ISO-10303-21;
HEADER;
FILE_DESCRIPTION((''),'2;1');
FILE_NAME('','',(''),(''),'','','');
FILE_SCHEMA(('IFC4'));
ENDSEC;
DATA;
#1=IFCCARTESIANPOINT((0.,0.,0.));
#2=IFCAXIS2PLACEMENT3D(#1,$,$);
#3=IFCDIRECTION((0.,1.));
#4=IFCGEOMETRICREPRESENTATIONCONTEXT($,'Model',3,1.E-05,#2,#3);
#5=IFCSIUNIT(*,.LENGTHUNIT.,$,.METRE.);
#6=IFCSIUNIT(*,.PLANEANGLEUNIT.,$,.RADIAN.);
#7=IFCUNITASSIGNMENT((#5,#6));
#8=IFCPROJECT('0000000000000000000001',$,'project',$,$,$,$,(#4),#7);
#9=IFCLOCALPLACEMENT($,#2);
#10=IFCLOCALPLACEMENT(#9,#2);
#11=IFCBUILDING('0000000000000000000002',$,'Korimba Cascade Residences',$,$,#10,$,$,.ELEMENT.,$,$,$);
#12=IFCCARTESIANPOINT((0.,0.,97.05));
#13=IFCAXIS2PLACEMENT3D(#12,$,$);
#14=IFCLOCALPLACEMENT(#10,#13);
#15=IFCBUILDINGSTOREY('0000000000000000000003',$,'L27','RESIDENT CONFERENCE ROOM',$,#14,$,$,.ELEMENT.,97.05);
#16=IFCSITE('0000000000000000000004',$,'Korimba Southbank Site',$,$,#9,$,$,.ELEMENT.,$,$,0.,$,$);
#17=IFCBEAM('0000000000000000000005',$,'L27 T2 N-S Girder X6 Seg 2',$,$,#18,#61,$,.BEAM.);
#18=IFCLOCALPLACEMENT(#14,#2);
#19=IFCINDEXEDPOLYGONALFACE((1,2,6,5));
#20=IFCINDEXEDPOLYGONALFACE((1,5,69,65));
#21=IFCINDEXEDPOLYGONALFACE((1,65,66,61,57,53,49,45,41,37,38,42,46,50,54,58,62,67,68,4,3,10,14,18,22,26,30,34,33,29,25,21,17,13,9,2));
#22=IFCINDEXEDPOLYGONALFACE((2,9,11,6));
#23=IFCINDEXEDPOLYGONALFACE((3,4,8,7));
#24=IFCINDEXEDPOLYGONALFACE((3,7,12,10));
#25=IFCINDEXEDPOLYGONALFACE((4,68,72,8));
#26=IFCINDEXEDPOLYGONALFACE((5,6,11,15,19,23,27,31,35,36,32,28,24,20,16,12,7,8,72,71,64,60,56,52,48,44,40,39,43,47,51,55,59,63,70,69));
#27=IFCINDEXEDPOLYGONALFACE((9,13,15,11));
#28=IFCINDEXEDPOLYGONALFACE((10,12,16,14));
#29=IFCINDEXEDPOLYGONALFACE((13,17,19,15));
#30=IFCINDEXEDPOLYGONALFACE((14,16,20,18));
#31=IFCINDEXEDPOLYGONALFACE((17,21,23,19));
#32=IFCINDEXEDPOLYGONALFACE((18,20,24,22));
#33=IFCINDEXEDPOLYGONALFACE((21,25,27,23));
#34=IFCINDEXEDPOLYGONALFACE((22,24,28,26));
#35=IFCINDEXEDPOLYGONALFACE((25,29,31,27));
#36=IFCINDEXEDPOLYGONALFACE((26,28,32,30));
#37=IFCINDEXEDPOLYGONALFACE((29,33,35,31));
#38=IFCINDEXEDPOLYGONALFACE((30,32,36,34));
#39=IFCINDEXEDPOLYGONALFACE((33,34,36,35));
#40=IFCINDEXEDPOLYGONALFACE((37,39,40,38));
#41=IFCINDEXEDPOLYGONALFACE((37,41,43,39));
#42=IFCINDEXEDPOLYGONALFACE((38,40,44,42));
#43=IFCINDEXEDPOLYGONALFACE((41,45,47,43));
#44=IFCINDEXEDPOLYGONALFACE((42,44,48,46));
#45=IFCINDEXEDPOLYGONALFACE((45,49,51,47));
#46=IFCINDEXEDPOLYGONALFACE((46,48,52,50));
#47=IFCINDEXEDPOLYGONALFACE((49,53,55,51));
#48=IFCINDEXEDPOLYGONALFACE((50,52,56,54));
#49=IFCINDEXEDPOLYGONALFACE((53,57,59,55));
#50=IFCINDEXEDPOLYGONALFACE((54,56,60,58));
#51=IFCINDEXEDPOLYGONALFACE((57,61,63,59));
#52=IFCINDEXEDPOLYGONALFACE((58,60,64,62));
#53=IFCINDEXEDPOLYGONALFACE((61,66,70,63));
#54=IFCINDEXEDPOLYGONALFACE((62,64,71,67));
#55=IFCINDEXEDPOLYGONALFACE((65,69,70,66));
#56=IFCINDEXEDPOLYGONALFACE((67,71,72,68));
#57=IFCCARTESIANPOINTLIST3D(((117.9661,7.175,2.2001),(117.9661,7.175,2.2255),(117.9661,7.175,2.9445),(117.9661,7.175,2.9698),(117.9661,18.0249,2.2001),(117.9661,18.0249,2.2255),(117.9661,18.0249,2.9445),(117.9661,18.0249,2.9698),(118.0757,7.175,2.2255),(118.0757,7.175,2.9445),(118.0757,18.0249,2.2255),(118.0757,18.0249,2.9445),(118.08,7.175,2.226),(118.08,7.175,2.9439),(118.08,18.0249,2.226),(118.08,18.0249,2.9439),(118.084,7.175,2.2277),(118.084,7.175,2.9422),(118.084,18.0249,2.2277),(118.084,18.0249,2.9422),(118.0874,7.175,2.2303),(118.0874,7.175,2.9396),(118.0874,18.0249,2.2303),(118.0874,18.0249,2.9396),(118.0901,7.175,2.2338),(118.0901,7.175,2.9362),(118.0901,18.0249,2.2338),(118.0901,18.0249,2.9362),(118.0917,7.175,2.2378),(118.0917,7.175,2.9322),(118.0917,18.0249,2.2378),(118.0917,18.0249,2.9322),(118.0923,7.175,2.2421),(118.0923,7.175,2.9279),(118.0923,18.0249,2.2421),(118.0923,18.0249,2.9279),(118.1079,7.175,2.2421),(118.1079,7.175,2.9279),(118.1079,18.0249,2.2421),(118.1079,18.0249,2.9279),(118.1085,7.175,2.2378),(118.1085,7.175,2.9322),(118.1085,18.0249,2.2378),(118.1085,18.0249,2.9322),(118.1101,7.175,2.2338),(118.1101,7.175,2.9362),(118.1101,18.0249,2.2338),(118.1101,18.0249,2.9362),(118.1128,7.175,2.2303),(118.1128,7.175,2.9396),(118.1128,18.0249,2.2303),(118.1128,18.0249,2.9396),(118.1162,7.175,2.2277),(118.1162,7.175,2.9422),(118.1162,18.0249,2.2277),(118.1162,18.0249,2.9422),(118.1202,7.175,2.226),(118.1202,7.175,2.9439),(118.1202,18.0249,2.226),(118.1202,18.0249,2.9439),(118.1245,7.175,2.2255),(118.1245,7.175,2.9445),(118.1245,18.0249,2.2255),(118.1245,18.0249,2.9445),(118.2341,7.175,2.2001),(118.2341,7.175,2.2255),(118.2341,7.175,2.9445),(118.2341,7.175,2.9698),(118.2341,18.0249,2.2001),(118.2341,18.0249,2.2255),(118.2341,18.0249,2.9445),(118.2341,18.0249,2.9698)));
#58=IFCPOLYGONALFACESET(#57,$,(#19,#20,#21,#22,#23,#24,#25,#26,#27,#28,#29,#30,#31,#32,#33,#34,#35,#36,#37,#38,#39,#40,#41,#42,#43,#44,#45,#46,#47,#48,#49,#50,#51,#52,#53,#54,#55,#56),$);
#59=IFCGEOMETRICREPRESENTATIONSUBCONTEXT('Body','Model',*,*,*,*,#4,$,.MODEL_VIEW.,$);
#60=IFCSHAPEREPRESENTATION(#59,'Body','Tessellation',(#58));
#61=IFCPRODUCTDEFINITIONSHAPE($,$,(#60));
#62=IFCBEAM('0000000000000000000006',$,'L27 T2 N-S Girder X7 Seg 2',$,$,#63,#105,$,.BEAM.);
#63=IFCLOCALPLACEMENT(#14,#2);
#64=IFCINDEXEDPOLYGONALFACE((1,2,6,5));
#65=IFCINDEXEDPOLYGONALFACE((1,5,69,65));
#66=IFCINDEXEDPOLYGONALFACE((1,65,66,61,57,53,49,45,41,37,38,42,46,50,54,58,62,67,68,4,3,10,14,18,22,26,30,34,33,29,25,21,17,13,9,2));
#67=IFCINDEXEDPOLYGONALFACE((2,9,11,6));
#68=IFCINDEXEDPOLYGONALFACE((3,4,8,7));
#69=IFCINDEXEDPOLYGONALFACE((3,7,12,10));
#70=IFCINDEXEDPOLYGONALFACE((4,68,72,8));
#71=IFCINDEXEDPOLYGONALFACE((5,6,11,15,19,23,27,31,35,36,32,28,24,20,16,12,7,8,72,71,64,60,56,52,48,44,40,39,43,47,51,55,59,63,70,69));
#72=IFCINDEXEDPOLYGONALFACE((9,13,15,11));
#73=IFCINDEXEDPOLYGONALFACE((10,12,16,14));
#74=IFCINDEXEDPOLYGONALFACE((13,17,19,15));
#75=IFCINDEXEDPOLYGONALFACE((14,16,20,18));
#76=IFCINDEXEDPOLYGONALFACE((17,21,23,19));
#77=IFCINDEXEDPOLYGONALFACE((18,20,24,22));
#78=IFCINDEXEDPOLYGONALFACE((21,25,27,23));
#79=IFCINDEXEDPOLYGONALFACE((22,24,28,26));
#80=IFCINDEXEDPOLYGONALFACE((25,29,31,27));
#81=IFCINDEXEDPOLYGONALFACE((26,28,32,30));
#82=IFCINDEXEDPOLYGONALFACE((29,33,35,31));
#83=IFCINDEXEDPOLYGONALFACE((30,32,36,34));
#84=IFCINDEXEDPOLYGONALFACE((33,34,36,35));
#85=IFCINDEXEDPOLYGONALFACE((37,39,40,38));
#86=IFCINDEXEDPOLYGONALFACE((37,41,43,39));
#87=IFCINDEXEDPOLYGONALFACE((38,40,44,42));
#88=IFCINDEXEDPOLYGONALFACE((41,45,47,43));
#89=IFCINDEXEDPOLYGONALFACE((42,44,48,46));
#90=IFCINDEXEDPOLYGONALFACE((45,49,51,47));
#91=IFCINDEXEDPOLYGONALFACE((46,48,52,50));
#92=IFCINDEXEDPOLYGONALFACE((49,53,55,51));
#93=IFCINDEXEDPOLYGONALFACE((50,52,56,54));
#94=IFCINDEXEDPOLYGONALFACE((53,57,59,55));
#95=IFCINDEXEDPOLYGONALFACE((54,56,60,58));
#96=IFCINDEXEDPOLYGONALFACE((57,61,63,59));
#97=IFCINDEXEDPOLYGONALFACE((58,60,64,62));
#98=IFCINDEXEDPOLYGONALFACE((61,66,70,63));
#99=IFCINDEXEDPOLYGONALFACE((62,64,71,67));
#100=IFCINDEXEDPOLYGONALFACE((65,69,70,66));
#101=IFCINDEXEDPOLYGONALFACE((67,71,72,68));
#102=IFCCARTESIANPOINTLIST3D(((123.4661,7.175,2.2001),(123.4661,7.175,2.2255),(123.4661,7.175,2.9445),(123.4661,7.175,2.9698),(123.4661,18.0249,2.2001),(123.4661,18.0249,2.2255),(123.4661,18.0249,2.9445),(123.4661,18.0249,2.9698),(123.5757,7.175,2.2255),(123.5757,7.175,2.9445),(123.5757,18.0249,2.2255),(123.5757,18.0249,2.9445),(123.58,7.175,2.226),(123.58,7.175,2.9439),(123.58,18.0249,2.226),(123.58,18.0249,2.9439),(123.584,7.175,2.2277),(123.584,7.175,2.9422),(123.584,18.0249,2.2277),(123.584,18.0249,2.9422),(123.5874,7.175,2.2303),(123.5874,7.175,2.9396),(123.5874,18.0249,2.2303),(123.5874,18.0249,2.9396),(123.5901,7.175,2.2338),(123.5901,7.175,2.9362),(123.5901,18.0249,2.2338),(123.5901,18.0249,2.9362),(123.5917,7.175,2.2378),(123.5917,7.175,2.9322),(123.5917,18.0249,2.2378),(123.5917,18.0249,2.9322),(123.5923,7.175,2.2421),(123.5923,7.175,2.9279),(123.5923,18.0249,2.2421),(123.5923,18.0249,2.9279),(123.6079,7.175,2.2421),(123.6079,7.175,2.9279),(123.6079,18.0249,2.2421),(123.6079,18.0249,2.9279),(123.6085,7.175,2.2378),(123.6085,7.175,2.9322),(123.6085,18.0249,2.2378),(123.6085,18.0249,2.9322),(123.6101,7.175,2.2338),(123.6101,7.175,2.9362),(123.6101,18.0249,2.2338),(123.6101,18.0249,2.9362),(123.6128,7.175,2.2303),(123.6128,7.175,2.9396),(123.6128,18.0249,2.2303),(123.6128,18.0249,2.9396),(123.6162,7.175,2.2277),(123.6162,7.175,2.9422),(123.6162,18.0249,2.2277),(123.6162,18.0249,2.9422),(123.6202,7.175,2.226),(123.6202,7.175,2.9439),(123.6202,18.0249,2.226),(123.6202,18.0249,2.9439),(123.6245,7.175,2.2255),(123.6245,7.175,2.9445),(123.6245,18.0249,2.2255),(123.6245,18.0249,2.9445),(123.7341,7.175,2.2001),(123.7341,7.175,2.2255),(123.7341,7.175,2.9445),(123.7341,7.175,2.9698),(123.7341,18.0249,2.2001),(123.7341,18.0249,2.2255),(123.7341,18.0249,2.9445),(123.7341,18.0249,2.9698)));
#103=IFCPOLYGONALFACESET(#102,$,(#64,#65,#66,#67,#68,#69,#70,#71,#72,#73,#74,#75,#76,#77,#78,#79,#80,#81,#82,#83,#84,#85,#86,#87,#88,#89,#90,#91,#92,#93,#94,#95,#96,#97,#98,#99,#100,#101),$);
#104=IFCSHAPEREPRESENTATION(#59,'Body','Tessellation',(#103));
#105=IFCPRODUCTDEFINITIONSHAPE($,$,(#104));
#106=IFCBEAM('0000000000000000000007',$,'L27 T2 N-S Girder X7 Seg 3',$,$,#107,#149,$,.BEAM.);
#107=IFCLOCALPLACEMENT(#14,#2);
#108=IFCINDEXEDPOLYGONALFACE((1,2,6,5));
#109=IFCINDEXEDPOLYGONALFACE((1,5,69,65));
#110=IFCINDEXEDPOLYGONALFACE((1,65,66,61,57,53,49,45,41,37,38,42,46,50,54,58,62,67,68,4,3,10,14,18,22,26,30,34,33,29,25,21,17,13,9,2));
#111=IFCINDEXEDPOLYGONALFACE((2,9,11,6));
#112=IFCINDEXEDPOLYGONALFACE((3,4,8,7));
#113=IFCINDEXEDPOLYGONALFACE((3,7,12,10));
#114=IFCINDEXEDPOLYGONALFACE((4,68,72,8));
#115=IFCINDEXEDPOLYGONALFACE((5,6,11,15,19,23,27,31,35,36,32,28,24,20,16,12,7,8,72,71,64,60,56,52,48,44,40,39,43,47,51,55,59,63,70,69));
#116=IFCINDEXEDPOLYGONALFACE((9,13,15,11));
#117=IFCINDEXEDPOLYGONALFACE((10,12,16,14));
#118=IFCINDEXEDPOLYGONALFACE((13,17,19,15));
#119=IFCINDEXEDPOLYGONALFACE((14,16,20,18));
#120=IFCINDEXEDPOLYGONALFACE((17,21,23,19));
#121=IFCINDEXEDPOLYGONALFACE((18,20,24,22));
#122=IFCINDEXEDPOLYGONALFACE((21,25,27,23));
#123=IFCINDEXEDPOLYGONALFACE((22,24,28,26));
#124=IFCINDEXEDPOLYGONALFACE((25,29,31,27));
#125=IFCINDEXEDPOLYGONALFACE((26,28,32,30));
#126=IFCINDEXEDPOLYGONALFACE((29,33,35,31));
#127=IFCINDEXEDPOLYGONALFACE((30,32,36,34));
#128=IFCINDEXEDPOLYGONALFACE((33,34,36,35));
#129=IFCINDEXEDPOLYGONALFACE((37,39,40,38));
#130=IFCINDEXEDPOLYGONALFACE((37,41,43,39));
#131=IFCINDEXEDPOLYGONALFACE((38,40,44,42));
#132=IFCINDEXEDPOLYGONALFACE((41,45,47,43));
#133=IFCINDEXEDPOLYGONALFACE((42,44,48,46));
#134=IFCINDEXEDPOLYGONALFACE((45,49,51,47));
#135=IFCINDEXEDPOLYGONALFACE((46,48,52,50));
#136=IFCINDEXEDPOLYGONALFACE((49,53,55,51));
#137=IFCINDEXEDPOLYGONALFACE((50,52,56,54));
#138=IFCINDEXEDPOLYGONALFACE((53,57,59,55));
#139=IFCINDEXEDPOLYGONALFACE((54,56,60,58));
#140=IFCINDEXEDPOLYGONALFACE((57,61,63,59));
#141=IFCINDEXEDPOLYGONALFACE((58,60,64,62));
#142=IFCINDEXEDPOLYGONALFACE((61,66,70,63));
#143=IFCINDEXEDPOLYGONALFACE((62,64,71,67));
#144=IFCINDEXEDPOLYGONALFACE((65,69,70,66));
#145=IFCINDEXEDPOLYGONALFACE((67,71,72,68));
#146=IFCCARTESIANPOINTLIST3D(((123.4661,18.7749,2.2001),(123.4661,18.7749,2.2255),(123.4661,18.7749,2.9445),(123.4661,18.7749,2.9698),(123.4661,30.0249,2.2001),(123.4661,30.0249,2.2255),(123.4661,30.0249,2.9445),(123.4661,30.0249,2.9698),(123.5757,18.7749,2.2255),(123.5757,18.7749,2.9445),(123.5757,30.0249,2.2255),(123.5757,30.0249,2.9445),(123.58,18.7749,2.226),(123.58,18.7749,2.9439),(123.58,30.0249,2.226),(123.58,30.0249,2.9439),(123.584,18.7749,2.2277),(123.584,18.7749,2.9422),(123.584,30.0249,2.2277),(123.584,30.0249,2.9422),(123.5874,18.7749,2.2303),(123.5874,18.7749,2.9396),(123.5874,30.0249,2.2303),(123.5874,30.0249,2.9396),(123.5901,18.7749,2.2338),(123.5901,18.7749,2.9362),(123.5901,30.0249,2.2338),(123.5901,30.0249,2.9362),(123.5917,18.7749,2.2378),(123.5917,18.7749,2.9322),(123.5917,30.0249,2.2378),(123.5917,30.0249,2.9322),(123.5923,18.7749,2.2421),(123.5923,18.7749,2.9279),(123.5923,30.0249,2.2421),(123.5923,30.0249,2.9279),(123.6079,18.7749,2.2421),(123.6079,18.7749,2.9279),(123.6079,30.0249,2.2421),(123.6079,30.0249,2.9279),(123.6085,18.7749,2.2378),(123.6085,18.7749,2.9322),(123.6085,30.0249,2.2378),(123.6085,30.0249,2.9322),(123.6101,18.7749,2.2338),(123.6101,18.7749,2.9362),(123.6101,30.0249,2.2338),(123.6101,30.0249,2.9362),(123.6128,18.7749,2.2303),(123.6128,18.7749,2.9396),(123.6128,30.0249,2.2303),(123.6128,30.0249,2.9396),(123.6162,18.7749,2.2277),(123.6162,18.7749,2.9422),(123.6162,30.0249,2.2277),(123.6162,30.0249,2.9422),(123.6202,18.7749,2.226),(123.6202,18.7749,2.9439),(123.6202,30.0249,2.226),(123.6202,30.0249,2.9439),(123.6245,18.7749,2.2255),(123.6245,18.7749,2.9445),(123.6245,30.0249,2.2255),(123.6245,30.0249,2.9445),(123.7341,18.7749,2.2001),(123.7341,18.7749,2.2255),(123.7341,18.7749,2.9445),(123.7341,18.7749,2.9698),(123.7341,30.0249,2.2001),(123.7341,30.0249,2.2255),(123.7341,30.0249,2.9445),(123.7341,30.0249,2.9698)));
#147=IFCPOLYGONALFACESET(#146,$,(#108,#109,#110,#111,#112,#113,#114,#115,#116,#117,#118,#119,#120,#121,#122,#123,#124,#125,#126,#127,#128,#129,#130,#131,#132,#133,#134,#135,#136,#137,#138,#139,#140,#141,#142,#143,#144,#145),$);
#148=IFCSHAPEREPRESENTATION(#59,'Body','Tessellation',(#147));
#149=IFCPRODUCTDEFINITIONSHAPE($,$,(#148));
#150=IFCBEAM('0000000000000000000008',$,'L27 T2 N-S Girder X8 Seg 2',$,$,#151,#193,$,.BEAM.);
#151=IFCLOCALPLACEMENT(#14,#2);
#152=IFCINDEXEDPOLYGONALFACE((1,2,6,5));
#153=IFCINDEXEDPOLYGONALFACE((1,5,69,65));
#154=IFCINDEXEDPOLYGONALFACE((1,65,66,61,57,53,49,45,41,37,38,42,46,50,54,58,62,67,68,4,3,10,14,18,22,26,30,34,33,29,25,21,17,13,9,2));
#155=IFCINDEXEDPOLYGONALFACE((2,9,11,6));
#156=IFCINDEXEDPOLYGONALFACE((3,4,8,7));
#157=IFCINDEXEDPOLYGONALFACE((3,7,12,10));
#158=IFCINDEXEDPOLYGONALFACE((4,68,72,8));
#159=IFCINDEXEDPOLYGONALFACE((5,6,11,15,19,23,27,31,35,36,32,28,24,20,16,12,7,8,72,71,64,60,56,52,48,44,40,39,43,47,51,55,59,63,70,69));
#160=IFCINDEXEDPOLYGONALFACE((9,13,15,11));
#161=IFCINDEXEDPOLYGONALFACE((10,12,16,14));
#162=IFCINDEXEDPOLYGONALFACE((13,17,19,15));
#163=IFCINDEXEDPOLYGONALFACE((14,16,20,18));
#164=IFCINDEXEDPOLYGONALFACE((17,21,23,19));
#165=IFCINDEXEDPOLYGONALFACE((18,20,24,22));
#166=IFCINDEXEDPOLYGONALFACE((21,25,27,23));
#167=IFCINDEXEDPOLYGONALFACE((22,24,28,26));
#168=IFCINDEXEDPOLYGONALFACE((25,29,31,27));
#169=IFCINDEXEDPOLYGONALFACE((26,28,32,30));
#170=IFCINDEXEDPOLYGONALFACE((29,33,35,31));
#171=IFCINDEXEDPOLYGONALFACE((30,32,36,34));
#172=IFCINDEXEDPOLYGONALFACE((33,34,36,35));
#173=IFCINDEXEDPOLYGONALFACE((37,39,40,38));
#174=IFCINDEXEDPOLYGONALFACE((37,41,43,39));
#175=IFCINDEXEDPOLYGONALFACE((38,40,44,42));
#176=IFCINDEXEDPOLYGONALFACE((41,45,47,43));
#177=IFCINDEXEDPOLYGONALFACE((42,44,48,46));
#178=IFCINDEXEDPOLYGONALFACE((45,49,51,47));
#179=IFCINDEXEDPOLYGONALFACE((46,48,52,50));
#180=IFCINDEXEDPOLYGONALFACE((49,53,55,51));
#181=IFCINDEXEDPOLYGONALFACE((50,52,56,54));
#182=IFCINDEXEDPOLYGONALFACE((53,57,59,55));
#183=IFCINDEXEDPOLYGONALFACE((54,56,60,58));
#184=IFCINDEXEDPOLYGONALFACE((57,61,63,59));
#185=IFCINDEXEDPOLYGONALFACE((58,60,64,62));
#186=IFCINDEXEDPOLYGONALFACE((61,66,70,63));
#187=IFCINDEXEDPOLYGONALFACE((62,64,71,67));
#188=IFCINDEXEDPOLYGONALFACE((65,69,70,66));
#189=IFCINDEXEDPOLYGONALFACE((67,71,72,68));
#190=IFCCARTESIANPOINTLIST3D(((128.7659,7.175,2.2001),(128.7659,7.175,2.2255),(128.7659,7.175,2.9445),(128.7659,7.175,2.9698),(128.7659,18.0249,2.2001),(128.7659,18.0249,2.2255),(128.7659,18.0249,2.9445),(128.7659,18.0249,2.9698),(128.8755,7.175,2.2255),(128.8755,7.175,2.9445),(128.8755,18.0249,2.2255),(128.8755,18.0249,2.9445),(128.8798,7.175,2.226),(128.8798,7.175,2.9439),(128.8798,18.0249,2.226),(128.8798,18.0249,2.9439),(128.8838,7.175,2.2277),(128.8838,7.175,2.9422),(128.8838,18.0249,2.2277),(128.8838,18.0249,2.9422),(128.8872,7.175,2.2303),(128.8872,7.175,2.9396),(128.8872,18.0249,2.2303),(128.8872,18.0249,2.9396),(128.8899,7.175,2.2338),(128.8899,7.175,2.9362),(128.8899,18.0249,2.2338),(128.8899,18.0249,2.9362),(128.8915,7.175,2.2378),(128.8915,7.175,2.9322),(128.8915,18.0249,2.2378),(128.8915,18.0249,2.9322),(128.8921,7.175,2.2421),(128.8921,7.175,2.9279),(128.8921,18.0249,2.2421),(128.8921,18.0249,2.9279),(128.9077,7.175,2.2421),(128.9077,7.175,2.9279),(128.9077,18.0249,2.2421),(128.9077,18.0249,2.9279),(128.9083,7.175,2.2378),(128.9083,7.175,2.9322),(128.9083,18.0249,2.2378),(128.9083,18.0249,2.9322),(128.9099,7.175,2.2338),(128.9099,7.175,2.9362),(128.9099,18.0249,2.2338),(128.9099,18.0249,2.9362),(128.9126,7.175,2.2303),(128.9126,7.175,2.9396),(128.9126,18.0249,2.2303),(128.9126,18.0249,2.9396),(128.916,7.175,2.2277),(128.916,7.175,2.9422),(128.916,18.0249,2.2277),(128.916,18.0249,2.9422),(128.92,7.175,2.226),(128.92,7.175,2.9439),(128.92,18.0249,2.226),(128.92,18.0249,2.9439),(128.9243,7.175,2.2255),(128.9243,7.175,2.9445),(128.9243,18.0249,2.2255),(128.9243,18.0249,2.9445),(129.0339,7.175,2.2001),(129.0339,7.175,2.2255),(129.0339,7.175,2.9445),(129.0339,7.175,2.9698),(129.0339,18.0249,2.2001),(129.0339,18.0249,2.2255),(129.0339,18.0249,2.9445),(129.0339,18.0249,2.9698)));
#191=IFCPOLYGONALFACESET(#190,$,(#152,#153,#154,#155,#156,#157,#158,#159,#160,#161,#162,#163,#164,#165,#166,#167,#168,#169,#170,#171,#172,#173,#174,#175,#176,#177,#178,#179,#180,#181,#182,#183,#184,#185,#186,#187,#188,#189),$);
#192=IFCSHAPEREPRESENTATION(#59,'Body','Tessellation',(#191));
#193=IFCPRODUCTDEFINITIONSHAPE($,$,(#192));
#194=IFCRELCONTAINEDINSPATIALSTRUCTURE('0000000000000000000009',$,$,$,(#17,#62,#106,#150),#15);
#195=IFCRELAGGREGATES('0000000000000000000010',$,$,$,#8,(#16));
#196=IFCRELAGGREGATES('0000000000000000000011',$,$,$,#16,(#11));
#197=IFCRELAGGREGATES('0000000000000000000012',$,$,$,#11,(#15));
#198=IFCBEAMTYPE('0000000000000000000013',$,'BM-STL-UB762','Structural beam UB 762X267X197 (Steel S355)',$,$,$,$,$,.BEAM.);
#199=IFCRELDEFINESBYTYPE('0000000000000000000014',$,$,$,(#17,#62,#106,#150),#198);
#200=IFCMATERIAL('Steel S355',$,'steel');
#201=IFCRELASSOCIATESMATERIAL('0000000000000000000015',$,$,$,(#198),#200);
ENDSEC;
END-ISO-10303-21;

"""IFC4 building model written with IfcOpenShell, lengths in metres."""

from ifc_helpers import new_model, si_unit, direction, frame, origin, origin_2d, place, context, subcontext, project, spatial, i_section, extrude, material, material_profile, profile_set, type_object, element, save


model = new_model("IFC4")

# Units and contexts
model_context = context("Model", 3, precision=1e-05, world=origin(), true_north=direction((0.0, 1.0)))
body_context = subcontext(model_context, "Body", "Model", "MODEL_VIEW")
ifc_project = project(units=[si_unit("LENGTHUNIT", "METRE"), si_unit("PLANEANGLEUNIT", "RADIAN")], contexts=[model_context])

# Site, building, storey
site_placement = place(None, origin())
site = spatial("IfcSite", under=ifc_project, at=site_placement, Name="Korimba Southbank Site", CompositionType="ELEMENT", RefElevation=0.0)
building_placement = place(site_placement, origin())
building = spatial("IfcBuilding", under=site, at=building_placement, Name="Korimba Cascade Residences", CompositionType="ELEMENT")
storey_placement = place(building_placement, frame((0.0, 0.0, 97.05)))
storey = spatial("IfcBuildingStorey", under=building, at=storey_placement, Name="L27", Description="RESIDENT CONFERENCE ROOM", CompositionType="ELEMENT", Elevation=97.05)

# Beams
ifc_material_1 = material(Name="Steel S355", Category="steel")
ifc_material_profile_1 = material_profile(ifc_material_1, i_section(OverallWidth=0.2681, OverallDepth=0.7698, WebThickness=0.0156, FlangeThickness=0.0254, FilletRadius=0.0166, at=origin_2d()), Name="Steel S355")
ifc_profile_set_1 = profile_set([ifc_material_profile_1], Name="Steel S355")
beam_type_1 = type_object("IfcBeamType", Name="BM-STL-UB762", Description="Structural beam UB 762X267X197 (Steel S355)", PredefinedType="BEAM", material=ifc_profile_set_1)
for number, where, z_axis, x_axis, name in (
    (1, (118.1001, 7.175, 2.585), (0.0, 1.0, 0.0), (-1.0, 0.0, 0.0), "L27 T2 N-S Girder X6 Seg 2"),
    (2, (123.6001, 7.175, 2.585), (0.0, 1.0, 0.0), (-1.0, 0.0, 0.0), "L27 T2 N-S Girder X7 Seg 2"),
):
    element("IfcBeam", number, at=place(storey_placement, frame(where, z_axis=z_axis, x_axis=x_axis)), inside=storey, type_object=beam_type_1, Name=name, PredefinedType="BEAM", context=body_context, shape_type="SweptSolid", body=[
        extrude(i_section(OverallWidth=0.2681, OverallDepth=0.7698, WebThickness=0.0156, FlangeThickness=0.0254, FilletRadius=0.0166, at=origin_2d()), origin(), (0.0, 0.0, 1.0), 10.8499),
    ])
beam_1_placement = place(storey_placement, frame((123.6001, 18.7749, 2.585), z_axis=(0.0, 1.0, 0.0), x_axis=(-1.0, 0.0, 0.0)))
element("IfcBeam", 3, at=beam_1_placement, inside=storey, type_object=beam_type_1, Name="L27 T2 N-S Girder X7 Seg 3", PredefinedType="BEAM", context=body_context, shape_type="SweptSolid", body=[
    extrude(i_section(OverallWidth=0.2681, OverallDepth=0.7698, WebThickness=0.0156, FlangeThickness=0.0254, FilletRadius=0.0166, at=origin_2d()), origin(), (0.0, 0.0, 1.0), 11.25),
])
beam_2_placement = place(storey_placement, frame((128.8999, 7.175, 2.585), z_axis=(0.0, 1.0, 0.0), x_axis=(-1.0, 0.0, 0.0)))
element("IfcBeam", 4, at=beam_2_placement, inside=storey, type_object=beam_type_1, Name="L27 T2 N-S Girder X8 Seg 2", PredefinedType="BEAM", context=body_context, shape_type="SweptSolid", body=[
    extrude(i_section(OverallWidth=0.2681, OverallDepth=0.7698, WebThickness=0.0156, FlangeThickness=0.0254, FilletRadius=0.0166, at=origin_2d()), origin(), (0.0, 0.0, 1.0), 10.8499),
])

save(model, "model.ifc")
